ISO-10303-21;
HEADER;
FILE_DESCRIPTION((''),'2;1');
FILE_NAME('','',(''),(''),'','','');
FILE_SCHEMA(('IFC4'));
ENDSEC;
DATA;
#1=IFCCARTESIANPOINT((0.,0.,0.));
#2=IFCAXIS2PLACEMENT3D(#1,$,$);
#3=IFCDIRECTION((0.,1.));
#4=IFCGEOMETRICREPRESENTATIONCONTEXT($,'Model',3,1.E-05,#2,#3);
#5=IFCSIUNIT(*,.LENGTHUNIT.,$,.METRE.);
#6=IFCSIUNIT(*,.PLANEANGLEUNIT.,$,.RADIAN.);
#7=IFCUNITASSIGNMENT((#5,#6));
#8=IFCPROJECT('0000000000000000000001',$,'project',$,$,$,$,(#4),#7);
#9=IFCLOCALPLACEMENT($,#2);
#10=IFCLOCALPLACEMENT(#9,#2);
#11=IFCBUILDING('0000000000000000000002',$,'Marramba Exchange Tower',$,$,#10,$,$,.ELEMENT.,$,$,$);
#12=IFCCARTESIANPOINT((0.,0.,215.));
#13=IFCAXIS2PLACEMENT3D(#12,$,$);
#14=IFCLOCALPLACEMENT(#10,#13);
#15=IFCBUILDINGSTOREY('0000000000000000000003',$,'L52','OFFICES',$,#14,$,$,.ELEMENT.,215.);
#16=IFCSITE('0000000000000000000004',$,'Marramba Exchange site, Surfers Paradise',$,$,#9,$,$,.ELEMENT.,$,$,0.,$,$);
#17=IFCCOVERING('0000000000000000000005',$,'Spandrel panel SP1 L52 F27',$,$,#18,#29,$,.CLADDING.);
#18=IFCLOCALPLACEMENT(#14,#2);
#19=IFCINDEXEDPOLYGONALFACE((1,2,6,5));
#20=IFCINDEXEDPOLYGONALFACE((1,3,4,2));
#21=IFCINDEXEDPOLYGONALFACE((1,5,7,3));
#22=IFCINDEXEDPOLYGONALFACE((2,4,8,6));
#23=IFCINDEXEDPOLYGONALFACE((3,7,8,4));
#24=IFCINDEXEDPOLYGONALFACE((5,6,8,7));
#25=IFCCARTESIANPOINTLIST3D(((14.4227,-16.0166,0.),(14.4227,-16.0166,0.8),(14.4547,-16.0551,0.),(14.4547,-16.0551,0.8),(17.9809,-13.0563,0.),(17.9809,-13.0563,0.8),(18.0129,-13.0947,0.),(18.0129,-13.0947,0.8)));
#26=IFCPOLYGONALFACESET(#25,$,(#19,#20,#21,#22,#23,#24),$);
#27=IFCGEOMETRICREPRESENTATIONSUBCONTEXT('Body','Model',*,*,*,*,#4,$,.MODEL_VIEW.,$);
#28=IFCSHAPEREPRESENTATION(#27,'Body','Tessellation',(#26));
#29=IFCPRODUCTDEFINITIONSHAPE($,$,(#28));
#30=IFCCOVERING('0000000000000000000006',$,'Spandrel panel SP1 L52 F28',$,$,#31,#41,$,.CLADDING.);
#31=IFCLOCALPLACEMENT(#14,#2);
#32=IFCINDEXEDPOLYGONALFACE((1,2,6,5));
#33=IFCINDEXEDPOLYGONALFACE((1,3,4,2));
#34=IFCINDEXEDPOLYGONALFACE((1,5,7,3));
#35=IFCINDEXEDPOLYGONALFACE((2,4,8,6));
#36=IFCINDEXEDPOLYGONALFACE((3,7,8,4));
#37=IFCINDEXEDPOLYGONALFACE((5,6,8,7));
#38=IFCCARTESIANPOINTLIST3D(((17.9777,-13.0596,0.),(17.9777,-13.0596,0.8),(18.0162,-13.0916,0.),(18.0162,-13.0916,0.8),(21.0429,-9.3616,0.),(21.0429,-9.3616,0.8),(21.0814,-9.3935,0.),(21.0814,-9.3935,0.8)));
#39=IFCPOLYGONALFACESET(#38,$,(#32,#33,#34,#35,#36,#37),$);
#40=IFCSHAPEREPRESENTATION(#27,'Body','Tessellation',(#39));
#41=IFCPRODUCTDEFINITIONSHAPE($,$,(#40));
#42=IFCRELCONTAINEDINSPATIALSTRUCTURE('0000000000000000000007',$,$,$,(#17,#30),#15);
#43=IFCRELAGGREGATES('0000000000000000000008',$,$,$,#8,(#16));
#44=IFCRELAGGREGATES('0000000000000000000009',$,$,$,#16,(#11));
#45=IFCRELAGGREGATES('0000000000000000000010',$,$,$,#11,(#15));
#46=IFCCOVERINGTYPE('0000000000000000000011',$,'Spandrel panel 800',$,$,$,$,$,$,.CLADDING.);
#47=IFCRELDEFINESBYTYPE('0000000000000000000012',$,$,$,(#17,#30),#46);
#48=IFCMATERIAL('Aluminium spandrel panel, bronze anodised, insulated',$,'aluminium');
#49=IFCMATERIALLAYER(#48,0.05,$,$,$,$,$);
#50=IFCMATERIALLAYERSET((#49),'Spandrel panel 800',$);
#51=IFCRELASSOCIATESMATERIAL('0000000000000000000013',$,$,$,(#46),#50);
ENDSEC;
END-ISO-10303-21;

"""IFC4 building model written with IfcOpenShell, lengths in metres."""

from ifc_helpers import new_model, si_unit, direction, frame, origin, origin_2d, place, context, subcontext, project, spatial, rectangle, extrude, material, layer, layer_set, type_object, element, save


model = new_model("IFC4")

# Units and contexts
model_context = context("Model", 3, precision=1e-05, world=origin(), true_north=direction((0.0, 1.0)))
body_context = subcontext(model_context, "Body", "Model", "MODEL_VIEW")
ifc_project = project(units=[si_unit("LENGTHUNIT", "METRE"), si_unit("PLANEANGLEUNIT", "RADIAN")], contexts=[model_context])

# Site, building, storey
site_placement = place(None, origin())
site = spatial("IfcSite", under=ifc_project, at=site_placement, Name="Marramba Exchange site, Surfers Paradise", CompositionType="ELEMENT", RefElevation=0.0)
building_placement = place(site_placement, origin())
building = spatial("IfcBuilding", under=site, at=building_placement, Name="Marramba Exchange Tower", CompositionType="ELEMENT")
storey_placement = place(building_placement, frame((0.0, 0.0, 215.0)))
storey = spatial("IfcBuildingStorey", under=building, at=storey_placement, Name="L52", Description="OFFICES", CompositionType="ELEMENT", Elevation=215.0)

# Coverings
ifc_material_1 = material(Name="Aluminium spandrel panel, bronze anodised, insulated", Category="aluminium")
ifc_layer_1 = layer(ifc_material_1, 0.05)
ifc_layer_set_1 = layer_set([ifc_layer_1], Name="Spandrel panel 800")
covering_type = type_object("IfcCoveringType", Name="Spandrel panel 800", PredefinedType="CLADDING", material=ifc_layer_set_1)
covering_1_placement = place(storey_placement, frame((16.2178, -14.5557, 0.0), z_axis=(0.0, 0.0, 1.0), x_axis=(0.768737, 0.639565, 0.0)))
element("IfcCovering", 1, at=covering_1_placement, inside=storey, type_object=covering_type, Name="Spandrel panel SP1 L52 F27", PredefinedType="CLADDING", context=body_context, shape_type="SweptSolid", body=[
    extrude(rectangle(XDim=4.6287, YDim=0.05, at=origin_2d()), origin(), (0.0, 0.0, 1.0), 0.8),
])
covering_2_placement = place(storey_placement, frame((19.5295, -11.2266, 0.0), z_axis=(0.0, 0.0, 1.0), x_axis=(0.63815, 0.769912, 0.0)))
element("IfcCovering", 2, at=covering_2_placement, inside=storey, type_object=covering_type, Name="Spandrel panel SP1 L52 F28", PredefinedType="CLADDING", context=body_context, shape_type="SweptSolid", body=[
    extrude(rectangle(XDim=4.8032, YDim=0.05, at=origin_2d()), origin(), (0.0, 0.0, 1.0), 0.8),
])

save(model, "model.ifc")
